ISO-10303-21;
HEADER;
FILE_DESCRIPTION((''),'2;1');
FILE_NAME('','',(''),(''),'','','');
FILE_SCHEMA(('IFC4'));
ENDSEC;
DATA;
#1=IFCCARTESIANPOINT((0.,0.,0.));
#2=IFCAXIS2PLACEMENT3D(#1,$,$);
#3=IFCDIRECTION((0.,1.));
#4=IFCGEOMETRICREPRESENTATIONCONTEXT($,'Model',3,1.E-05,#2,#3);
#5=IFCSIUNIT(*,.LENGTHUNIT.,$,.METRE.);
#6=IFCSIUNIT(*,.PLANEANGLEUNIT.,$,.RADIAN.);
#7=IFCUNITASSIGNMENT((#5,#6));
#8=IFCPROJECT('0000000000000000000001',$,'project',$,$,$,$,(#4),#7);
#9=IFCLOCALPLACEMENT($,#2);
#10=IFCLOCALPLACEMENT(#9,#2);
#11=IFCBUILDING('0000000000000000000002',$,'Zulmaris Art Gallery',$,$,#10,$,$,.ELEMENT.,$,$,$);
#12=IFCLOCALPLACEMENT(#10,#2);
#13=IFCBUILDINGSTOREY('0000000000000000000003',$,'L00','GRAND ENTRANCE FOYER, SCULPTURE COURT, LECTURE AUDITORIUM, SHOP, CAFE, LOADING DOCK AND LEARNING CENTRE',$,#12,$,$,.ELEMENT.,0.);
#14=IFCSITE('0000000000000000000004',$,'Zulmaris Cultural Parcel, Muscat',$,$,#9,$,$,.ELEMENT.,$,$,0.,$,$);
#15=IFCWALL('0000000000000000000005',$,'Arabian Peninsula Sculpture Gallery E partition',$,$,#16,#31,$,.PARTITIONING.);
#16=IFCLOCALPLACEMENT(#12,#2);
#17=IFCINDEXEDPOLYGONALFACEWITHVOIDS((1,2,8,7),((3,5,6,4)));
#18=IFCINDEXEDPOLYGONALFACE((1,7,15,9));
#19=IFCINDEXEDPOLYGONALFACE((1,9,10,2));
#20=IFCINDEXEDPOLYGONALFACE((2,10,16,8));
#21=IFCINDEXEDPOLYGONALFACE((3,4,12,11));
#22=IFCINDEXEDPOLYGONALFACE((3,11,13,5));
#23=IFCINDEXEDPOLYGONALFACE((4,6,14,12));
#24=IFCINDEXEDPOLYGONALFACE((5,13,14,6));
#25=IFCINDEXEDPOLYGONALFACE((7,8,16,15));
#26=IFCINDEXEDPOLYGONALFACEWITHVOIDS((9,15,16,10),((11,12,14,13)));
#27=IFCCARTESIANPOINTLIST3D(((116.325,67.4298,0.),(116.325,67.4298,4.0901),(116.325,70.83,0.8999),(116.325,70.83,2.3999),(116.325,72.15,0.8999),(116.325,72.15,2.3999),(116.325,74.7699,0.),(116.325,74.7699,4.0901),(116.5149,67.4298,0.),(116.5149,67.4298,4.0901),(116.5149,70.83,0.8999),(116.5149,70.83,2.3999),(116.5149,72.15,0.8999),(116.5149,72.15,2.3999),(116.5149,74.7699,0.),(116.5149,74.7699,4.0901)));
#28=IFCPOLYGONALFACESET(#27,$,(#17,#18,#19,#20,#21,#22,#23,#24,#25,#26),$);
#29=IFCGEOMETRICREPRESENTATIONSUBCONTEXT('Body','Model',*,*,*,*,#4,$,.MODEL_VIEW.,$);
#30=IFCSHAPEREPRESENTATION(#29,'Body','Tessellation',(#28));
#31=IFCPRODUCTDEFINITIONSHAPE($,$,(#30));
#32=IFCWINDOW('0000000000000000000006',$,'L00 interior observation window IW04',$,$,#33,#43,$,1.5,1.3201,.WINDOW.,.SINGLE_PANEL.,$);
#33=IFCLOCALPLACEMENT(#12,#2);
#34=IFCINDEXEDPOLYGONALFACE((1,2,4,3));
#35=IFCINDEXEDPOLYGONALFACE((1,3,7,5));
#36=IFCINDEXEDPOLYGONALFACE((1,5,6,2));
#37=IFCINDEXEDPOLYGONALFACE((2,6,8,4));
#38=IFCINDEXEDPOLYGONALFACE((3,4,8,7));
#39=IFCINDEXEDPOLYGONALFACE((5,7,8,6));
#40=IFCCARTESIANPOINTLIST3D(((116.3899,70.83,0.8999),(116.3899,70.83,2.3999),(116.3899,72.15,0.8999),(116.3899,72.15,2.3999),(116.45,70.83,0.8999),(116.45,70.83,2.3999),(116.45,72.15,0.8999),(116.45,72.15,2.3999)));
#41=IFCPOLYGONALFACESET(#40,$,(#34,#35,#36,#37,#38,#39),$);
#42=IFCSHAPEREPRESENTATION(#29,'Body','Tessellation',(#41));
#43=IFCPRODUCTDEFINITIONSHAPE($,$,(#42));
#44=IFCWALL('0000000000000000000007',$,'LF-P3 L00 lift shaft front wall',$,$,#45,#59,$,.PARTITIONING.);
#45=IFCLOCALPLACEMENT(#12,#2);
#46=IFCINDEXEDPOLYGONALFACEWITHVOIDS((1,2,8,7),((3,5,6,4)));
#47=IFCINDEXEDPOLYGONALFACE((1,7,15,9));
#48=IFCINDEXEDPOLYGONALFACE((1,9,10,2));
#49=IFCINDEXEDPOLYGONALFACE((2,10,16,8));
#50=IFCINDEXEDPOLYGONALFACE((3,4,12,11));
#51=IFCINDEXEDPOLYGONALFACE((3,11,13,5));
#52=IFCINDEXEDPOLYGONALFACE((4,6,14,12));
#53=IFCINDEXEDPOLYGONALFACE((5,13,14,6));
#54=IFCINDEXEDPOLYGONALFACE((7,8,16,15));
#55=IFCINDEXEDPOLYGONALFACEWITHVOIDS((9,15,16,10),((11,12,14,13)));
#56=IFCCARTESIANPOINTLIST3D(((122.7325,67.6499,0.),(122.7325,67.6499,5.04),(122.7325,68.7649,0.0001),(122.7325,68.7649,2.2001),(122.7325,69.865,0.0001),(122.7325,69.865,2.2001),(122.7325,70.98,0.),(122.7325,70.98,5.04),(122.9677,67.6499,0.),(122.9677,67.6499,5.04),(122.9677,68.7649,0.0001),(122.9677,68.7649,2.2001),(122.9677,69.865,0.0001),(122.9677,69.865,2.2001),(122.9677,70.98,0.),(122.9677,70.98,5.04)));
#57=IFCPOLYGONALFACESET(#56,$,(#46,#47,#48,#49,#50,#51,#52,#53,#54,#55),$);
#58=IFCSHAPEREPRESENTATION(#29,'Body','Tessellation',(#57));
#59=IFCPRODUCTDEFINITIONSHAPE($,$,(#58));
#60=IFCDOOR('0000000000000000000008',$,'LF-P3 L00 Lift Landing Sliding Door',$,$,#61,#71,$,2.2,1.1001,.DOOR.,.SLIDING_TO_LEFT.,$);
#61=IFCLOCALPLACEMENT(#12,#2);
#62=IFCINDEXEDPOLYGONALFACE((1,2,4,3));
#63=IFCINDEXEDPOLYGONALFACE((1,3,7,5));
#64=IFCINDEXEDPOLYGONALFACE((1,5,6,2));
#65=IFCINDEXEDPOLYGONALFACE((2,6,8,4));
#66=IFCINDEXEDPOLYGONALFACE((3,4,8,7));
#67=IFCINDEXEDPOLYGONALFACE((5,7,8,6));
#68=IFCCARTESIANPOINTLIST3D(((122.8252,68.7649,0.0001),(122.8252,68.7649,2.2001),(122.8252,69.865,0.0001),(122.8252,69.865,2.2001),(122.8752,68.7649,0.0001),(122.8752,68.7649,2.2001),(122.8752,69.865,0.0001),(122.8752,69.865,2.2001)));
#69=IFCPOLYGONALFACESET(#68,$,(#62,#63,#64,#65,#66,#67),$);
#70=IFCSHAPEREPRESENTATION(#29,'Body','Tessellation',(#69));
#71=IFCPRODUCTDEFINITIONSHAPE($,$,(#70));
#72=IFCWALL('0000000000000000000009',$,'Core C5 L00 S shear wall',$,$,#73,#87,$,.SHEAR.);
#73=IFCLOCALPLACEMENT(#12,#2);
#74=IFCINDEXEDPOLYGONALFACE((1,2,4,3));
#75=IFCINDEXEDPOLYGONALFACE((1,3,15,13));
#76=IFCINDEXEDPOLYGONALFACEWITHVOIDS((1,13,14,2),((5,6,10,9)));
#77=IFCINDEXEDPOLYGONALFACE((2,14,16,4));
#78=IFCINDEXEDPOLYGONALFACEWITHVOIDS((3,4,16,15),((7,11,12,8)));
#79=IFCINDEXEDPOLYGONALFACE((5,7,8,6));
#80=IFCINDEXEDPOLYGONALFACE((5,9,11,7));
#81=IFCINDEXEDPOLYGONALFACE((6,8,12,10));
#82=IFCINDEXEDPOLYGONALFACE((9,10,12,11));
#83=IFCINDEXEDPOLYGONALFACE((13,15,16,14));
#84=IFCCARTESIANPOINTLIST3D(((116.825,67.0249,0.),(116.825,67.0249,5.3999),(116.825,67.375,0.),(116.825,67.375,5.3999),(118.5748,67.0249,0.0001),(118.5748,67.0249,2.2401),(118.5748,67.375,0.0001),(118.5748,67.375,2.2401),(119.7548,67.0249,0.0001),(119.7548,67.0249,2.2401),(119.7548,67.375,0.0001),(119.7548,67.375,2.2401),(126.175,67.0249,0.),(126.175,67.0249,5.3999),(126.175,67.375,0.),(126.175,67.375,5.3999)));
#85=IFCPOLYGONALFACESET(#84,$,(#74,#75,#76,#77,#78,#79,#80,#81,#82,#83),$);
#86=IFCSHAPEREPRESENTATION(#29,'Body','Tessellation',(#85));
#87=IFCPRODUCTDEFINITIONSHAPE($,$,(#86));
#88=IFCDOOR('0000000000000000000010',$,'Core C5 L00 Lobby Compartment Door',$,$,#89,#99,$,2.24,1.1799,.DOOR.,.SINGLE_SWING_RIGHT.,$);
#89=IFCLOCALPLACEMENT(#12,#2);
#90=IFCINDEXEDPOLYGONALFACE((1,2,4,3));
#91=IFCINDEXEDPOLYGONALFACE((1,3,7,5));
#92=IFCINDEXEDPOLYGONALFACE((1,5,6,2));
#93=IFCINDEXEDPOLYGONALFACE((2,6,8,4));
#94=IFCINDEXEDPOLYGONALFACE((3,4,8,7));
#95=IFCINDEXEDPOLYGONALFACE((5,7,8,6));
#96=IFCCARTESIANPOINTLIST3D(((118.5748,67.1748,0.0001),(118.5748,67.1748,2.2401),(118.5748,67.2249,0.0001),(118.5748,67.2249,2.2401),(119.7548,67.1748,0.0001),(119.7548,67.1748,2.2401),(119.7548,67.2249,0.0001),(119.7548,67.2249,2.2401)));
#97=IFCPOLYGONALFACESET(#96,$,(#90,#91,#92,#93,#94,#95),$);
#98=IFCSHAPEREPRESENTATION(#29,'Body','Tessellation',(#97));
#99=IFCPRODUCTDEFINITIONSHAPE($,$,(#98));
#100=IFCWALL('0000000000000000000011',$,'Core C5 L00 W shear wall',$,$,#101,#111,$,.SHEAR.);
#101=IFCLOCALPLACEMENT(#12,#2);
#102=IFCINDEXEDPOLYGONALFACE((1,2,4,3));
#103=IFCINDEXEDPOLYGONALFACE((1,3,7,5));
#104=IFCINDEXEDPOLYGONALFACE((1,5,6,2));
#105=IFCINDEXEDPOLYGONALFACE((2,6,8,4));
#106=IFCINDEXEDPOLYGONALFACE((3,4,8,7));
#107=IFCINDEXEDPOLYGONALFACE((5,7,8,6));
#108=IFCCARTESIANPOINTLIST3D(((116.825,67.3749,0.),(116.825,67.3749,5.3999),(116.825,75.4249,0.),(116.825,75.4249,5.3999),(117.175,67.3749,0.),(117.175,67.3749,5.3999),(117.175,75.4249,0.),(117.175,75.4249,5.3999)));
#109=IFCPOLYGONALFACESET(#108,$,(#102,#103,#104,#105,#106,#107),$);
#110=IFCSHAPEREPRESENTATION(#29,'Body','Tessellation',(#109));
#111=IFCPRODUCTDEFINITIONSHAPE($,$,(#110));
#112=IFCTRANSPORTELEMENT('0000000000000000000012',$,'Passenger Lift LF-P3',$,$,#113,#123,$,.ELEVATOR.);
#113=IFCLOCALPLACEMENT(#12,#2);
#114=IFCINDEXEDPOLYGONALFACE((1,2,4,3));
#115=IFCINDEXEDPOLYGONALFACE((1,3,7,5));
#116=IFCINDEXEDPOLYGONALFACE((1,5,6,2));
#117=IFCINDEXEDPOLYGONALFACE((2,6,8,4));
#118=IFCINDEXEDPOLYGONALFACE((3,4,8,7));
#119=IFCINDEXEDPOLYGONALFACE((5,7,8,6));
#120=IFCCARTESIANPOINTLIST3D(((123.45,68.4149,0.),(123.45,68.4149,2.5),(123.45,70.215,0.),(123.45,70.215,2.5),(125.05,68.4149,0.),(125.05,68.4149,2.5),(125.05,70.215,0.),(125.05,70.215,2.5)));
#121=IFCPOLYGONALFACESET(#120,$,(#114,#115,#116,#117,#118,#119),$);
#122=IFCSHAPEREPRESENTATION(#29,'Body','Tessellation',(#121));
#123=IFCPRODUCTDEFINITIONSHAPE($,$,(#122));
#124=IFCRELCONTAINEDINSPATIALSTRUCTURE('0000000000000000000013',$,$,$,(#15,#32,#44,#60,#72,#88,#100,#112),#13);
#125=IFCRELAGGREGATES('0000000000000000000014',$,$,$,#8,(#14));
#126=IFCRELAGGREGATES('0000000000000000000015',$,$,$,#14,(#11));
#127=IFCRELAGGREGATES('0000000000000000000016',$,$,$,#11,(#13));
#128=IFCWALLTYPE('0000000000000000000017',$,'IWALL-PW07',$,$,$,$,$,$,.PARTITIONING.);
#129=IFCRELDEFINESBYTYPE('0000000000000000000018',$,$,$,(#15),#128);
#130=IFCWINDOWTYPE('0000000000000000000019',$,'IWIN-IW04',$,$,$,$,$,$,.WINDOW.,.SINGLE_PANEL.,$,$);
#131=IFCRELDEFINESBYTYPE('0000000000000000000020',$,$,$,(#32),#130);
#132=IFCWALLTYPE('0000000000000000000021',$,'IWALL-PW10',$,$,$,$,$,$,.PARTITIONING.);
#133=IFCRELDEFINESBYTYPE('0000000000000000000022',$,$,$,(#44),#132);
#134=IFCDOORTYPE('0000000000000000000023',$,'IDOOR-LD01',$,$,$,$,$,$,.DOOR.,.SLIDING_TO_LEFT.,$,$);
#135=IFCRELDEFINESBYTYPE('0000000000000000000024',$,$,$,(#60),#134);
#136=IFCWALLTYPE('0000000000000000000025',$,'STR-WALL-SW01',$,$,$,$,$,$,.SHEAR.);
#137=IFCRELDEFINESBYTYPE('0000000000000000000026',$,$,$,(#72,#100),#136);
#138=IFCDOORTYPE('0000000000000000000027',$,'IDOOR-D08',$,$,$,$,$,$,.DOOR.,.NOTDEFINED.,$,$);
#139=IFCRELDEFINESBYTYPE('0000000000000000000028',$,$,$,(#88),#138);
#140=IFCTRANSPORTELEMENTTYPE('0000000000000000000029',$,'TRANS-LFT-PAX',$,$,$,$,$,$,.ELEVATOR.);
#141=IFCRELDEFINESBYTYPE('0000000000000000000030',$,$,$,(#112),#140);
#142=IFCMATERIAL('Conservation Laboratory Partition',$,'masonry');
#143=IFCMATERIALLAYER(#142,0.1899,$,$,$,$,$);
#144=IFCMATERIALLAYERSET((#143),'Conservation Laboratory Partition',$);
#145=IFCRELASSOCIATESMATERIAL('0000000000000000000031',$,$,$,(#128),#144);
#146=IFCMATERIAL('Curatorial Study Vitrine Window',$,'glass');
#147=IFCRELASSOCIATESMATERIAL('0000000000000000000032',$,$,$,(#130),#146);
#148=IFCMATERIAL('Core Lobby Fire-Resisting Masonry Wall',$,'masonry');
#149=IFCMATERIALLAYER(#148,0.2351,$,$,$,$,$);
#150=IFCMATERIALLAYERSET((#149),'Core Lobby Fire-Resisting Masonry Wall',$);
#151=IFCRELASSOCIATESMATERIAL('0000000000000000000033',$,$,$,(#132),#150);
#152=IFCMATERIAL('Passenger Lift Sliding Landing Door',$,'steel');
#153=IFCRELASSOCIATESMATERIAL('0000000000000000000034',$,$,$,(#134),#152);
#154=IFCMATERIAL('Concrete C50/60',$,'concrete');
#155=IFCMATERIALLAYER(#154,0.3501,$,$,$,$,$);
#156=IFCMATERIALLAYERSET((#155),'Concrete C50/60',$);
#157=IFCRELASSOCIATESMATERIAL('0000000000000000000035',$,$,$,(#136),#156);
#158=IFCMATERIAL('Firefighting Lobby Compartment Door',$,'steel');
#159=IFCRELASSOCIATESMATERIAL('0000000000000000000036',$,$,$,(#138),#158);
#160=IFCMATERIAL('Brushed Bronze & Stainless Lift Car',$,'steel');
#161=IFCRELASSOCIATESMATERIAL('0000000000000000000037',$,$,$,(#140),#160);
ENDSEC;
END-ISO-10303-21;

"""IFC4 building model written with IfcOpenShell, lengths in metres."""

from ifc_helpers import new_model, si_unit, direction, frame, frame_2d, origin, origin_2d, place, context, subcontext, project, spatial, rectangle, extrude, material, layer, layer_set, type_object, element, fill, save


model = new_model("IFC4")

# Units and contexts
model_context = context("Model", 3, precision=1e-05, world=origin(), true_north=direction((0.0, 1.0)))
body_context = subcontext(model_context, "Body", "Model", "MODEL_VIEW")
ifc_project = project(units=[si_unit("LENGTHUNIT", "METRE"), si_unit("PLANEANGLEUNIT", "RADIAN")], contexts=[model_context])

# Site, building, storey
site_placement = place(None, origin())
site = spatial("IfcSite", under=ifc_project, at=site_placement, Name="Zulmaris Cultural Parcel, Muscat", CompositionType="ELEMENT", RefElevation=0.0)
building_placement = place(site_placement, origin())
building = spatial("IfcBuilding", under=site, at=building_placement, Name="Zulmaris Art Gallery", CompositionType="ELEMENT")
storey_placement = place(building_placement, origin())
storey = spatial("IfcBuildingStorey", under=building, at=storey_placement, Name="L00", Description="GRAND ENTRANCE FOYER, SCULPTURE COURT, LECTURE AUDITORIUM, SHOP, CAFE, LOADING DOCK AND LEARNING CENTRE", CompositionType="ELEMENT", Elevation=0.0)

# Wall, opening, window
ifc_material_1 = material(Name="Conservation Laboratory Partition", Category="masonry")
ifc_layer_1 = layer(ifc_material_1, 0.1899)
ifc_layer_set_1 = layer_set([ifc_layer_1], Name="Conservation Laboratory Partition")
wall_type_1 = type_object("IfcWallType", Name="IWALL-PW07", PredefinedType="PARTITIONING", material=ifc_layer_set_1)
wall_1_placement = place(storey_placement, frame((116.4199, 67.4299, 0.0), z_axis=(0.0, 0.0, 1.0), x_axis=(0.0, 1.0, 0.0)))
wall_1 = element("IfcWall", 1, at=wall_1_placement, inside=storey, type_object=wall_type_1, Name="Arabian Peninsula Sculpture Gallery E partition", PredefinedType="PARTITIONING", context=body_context, shape_type="SweptSolid", body=[
    extrude(rectangle(XDim=7.3401, YDim=0.1899, at=frame_2d((3.6699, 0.0))), origin(), (0.0, 0.0, 1.0), 4.0901),
])
opening_1_placement = place(wall_1_placement, frame((3.3999, 0.0, 0.8999)))
opening_1 = element("IfcOpeningElement", 2, at=opening_1_placement, cuts=wall_1, PredefinedType="OPENING", context=body_context, shape_type="SweptSolid", body=[
    extrude(rectangle(XDim=1.3201, YDim=1.5, at=frame_2d((0.6602, 0.75))), frame((0.0, 0.105, 0.0), z_axis=(0.0, -1.0, 0.0), x_axis=(1.0, 0.0, 0.0)), (0.0, 0.0, 1.0), 0.21),
])
ifc_material_2 = material(Name="Curatorial Study Vitrine Window", Category="glass")
window_type = type_object("IfcWindowType", Name="IWIN-IW04", PartitioningType="SINGLE_PANEL", PredefinedType="WINDOW", material=ifc_material_2)
window_placement = place(opening_1_placement, origin())
window = element("IfcWindow", 3, at=window_placement, inside=storey, type_object=window_type, Name="L00 interior observation window IW04", OverallHeight=1.5, OverallWidth=1.3201, PartitioningType="SINGLE_PANEL", PredefinedType="WINDOW", context=body_context, shape_type="SweptSolid", body=[
    extrude(rectangle(XDim=1.3201, YDim=1.5, at=frame_2d((0.6602, 0.75))), frame((0.0, 0.03, 0.0), z_axis=(0.0, -1.0, 0.0), x_axis=(1.0, 0.0, 0.0)), (0.0, 0.0, 1.0), 0.0601),
])
fill(opening_1, window)

# Walls, openings, doors
ifc_material_3 = material(Name="Core Lobby Fire-Resisting Masonry Wall", Category="masonry")
ifc_layer_2 = layer(ifc_material_3, 0.2351)
ifc_layer_set_2 = layer_set([ifc_layer_2], Name="Core Lobby Fire-Resisting Masonry Wall")
wall_type_2 = type_object("IfcWallType", Name="IWALL-PW10", PredefinedType="PARTITIONING", material=ifc_layer_set_2)
wall_2_placement = place(storey_placement, frame((122.8501, 67.6499, 0.0), z_axis=(0.0, 0.0, 1.0), x_axis=(0.0, 1.0, 0.0)))
wall_2 = element("IfcWall", 4, at=wall_2_placement, inside=storey, type_object=wall_type_2, Name="LF-P3 L00 lift shaft front wall", PredefinedType="PARTITIONING", context=body_context, shape_type="SweptSolid", body=[
    extrude(rectangle(XDim=3.3301, YDim=0.2351, at=frame_2d((1.665, 0.0))), origin(), (0.0, 0.0, 1.0), 5.04),
])
opening_2_placement = place(wall_2_placement, frame((1.115, 0.0, 0.0)))
opening_2 = element("IfcOpeningElement", 5, at=opening_2_placement, cuts=wall_2, PredefinedType="OPENING", context=body_context, shape_type="SweptSolid", body=[
    extrude(rectangle(XDim=1.1001, YDim=2.2, at=frame_2d((0.55, 1.1001))), frame((0.0, 0.1274, 0.0), z_axis=(0.0, -1.0, 0.0), x_axis=(1.0, 0.0, 0.0)), (0.0, 0.0, 1.0), 0.2551),
])
ifc_material_4 = material(Name="Passenger Lift Sliding Landing Door", Category="steel")
door_type_1 = type_object("IfcDoorType", Name="IDOOR-LD01", OperationType="SLIDING_TO_LEFT", PredefinedType="DOOR", material=ifc_material_4)
door_1_placement = place(opening_2_placement, origin())
door_1 = element("IfcDoor", 6, at=door_1_placement, inside=storey, type_object=door_type_1, Name="LF-P3 L00 Lift Landing Sliding Door", OperationType="SLIDING_TO_LEFT", OverallHeight=2.2, OverallWidth=1.1001, PredefinedType="DOOR", context=body_context, shape_type="SweptSolid", body=[
    extrude(rectangle(XDim=1.1001, YDim=2.2, at=frame_2d((0.55, 1.1001))), frame((0.0, 0.0249, 0.0), z_axis=(0.0, -1.0, 0.0), x_axis=(1.0, 0.0, 0.0)), (0.0, 0.0, 1.0), 0.05),
])
fill(opening_2, door_1)
ifc_material_5 = material(Name="Concrete C50/60", Category="concrete")
ifc_layer_3 = layer(ifc_material_5, 0.3501)
ifc_layer_set_3 = layer_set([ifc_layer_3], Name="Concrete C50/60")
wall_type_3 = type_object("IfcWallType", Name="STR-WALL-SW01", PredefinedType="SHEAR", material=ifc_layer_set_3)
wall_3_placement = place(storey_placement, frame((116.825, 67.2, 0.0), z_axis=(0.0, 0.0, 1.0), x_axis=(1.0, 0.0, 0.0)))
wall_3 = element("IfcWall", 7, at=wall_3_placement, inside=storey, type_object=wall_type_3, Name="Core C5 L00 S shear wall", PredefinedType="SHEAR", context=body_context, shape_type="SweptSolid", body=[
    extrude(rectangle(XDim=9.3501, YDim=0.3501, at=frame_2d((4.675, 0.0))), origin(), (0.0, 0.0, 1.0), 5.3999),
])
opening_3_placement = place(wall_3_placement, frame((1.75, 0.0, 0.0)))
opening_3 = element("IfcOpeningElement", 8, at=opening_3_placement, cuts=wall_3, PredefinedType="OPENING", context=body_context, shape_type="SweptSolid", body=[
    extrude(rectangle(XDim=1.1799, YDim=2.24, at=frame_2d((0.5898, 1.1201))), frame((0.0, 0.1851, 0.0), z_axis=(0.0, -1.0, 0.0), x_axis=(1.0, 0.0, 0.0)), (0.0, 0.0, 1.0), 0.3701),
])
ifc_material_6 = material(Name="Firefighting Lobby Compartment Door", Category="steel")
door_type_2 = type_object("IfcDoorType", Name="IDOOR-D08", OperationType="NOTDEFINED", PredefinedType="DOOR", material=ifc_material_6)
door_2_placement = place(opening_3_placement, origin())
door_2 = element("IfcDoor", 9, at=door_2_placement, inside=storey, type_object=door_type_2, Name="Core C5 L00 Lobby Compartment Door", OperationType="SINGLE_SWING_RIGHT", OverallHeight=2.24, OverallWidth=1.1799, PredefinedType="DOOR", context=body_context, shape_type="SweptSolid", body=[
    extrude(rectangle(XDim=1.1799, YDim=2.24, at=frame_2d((0.5898, 1.1201))), frame((0.0, 0.0249, 0.0), z_axis=(0.0, -1.0, 0.0), x_axis=(1.0, 0.0, 0.0)), (0.0, 0.0, 1.0), 0.05),
])
fill(opening_3, door_2)

# Wall
wall_4_placement = place(storey_placement, frame((117.0, 67.375, 0.0), z_axis=(0.0, 0.0, 1.0), x_axis=(0.0, 1.0, 0.0)))
element("IfcWall", 10, at=wall_4_placement, inside=storey, type_object=wall_type_3, Name="Core C5 L00 W shear wall", PredefinedType="SHEAR", context=body_context, shape_type="SweptSolid", body=[
    extrude(rectangle(XDim=8.05, YDim=0.3501, at=frame_2d((4.0249, 0.0))), origin(), (0.0, 0.0, 1.0), 5.3999),
])

# Transport element
ifc_material_7 = material(Name="Brushed Bronze & Stainless Lift Car", Category="steel")
transport_element_type = type_object("IfcTransportElementType", Name="TRANS-LFT-PAX", PredefinedType="ELEVATOR", material=ifc_material_7)
transport_element_placement = place(storey_placement, frame((124.25, 69.3149, 0.0), z_axis=(0.0, 0.0, 1.0), x_axis=(1.0, 0.0, 0.0)))
element("IfcTransportElement", 11, at=transport_element_placement, inside=storey, type_object=transport_element_type, Name="Passenger Lift LF-P3", PredefinedType="ELEVATOR", context=body_context, shape_type="SweptSolid", body=[
    extrude(rectangle(XDim=1.6001, YDim=1.8, at=origin_2d()), origin(), (0.0, 0.0, 1.0), 2.5),
])

save(model, "model.ifc")
